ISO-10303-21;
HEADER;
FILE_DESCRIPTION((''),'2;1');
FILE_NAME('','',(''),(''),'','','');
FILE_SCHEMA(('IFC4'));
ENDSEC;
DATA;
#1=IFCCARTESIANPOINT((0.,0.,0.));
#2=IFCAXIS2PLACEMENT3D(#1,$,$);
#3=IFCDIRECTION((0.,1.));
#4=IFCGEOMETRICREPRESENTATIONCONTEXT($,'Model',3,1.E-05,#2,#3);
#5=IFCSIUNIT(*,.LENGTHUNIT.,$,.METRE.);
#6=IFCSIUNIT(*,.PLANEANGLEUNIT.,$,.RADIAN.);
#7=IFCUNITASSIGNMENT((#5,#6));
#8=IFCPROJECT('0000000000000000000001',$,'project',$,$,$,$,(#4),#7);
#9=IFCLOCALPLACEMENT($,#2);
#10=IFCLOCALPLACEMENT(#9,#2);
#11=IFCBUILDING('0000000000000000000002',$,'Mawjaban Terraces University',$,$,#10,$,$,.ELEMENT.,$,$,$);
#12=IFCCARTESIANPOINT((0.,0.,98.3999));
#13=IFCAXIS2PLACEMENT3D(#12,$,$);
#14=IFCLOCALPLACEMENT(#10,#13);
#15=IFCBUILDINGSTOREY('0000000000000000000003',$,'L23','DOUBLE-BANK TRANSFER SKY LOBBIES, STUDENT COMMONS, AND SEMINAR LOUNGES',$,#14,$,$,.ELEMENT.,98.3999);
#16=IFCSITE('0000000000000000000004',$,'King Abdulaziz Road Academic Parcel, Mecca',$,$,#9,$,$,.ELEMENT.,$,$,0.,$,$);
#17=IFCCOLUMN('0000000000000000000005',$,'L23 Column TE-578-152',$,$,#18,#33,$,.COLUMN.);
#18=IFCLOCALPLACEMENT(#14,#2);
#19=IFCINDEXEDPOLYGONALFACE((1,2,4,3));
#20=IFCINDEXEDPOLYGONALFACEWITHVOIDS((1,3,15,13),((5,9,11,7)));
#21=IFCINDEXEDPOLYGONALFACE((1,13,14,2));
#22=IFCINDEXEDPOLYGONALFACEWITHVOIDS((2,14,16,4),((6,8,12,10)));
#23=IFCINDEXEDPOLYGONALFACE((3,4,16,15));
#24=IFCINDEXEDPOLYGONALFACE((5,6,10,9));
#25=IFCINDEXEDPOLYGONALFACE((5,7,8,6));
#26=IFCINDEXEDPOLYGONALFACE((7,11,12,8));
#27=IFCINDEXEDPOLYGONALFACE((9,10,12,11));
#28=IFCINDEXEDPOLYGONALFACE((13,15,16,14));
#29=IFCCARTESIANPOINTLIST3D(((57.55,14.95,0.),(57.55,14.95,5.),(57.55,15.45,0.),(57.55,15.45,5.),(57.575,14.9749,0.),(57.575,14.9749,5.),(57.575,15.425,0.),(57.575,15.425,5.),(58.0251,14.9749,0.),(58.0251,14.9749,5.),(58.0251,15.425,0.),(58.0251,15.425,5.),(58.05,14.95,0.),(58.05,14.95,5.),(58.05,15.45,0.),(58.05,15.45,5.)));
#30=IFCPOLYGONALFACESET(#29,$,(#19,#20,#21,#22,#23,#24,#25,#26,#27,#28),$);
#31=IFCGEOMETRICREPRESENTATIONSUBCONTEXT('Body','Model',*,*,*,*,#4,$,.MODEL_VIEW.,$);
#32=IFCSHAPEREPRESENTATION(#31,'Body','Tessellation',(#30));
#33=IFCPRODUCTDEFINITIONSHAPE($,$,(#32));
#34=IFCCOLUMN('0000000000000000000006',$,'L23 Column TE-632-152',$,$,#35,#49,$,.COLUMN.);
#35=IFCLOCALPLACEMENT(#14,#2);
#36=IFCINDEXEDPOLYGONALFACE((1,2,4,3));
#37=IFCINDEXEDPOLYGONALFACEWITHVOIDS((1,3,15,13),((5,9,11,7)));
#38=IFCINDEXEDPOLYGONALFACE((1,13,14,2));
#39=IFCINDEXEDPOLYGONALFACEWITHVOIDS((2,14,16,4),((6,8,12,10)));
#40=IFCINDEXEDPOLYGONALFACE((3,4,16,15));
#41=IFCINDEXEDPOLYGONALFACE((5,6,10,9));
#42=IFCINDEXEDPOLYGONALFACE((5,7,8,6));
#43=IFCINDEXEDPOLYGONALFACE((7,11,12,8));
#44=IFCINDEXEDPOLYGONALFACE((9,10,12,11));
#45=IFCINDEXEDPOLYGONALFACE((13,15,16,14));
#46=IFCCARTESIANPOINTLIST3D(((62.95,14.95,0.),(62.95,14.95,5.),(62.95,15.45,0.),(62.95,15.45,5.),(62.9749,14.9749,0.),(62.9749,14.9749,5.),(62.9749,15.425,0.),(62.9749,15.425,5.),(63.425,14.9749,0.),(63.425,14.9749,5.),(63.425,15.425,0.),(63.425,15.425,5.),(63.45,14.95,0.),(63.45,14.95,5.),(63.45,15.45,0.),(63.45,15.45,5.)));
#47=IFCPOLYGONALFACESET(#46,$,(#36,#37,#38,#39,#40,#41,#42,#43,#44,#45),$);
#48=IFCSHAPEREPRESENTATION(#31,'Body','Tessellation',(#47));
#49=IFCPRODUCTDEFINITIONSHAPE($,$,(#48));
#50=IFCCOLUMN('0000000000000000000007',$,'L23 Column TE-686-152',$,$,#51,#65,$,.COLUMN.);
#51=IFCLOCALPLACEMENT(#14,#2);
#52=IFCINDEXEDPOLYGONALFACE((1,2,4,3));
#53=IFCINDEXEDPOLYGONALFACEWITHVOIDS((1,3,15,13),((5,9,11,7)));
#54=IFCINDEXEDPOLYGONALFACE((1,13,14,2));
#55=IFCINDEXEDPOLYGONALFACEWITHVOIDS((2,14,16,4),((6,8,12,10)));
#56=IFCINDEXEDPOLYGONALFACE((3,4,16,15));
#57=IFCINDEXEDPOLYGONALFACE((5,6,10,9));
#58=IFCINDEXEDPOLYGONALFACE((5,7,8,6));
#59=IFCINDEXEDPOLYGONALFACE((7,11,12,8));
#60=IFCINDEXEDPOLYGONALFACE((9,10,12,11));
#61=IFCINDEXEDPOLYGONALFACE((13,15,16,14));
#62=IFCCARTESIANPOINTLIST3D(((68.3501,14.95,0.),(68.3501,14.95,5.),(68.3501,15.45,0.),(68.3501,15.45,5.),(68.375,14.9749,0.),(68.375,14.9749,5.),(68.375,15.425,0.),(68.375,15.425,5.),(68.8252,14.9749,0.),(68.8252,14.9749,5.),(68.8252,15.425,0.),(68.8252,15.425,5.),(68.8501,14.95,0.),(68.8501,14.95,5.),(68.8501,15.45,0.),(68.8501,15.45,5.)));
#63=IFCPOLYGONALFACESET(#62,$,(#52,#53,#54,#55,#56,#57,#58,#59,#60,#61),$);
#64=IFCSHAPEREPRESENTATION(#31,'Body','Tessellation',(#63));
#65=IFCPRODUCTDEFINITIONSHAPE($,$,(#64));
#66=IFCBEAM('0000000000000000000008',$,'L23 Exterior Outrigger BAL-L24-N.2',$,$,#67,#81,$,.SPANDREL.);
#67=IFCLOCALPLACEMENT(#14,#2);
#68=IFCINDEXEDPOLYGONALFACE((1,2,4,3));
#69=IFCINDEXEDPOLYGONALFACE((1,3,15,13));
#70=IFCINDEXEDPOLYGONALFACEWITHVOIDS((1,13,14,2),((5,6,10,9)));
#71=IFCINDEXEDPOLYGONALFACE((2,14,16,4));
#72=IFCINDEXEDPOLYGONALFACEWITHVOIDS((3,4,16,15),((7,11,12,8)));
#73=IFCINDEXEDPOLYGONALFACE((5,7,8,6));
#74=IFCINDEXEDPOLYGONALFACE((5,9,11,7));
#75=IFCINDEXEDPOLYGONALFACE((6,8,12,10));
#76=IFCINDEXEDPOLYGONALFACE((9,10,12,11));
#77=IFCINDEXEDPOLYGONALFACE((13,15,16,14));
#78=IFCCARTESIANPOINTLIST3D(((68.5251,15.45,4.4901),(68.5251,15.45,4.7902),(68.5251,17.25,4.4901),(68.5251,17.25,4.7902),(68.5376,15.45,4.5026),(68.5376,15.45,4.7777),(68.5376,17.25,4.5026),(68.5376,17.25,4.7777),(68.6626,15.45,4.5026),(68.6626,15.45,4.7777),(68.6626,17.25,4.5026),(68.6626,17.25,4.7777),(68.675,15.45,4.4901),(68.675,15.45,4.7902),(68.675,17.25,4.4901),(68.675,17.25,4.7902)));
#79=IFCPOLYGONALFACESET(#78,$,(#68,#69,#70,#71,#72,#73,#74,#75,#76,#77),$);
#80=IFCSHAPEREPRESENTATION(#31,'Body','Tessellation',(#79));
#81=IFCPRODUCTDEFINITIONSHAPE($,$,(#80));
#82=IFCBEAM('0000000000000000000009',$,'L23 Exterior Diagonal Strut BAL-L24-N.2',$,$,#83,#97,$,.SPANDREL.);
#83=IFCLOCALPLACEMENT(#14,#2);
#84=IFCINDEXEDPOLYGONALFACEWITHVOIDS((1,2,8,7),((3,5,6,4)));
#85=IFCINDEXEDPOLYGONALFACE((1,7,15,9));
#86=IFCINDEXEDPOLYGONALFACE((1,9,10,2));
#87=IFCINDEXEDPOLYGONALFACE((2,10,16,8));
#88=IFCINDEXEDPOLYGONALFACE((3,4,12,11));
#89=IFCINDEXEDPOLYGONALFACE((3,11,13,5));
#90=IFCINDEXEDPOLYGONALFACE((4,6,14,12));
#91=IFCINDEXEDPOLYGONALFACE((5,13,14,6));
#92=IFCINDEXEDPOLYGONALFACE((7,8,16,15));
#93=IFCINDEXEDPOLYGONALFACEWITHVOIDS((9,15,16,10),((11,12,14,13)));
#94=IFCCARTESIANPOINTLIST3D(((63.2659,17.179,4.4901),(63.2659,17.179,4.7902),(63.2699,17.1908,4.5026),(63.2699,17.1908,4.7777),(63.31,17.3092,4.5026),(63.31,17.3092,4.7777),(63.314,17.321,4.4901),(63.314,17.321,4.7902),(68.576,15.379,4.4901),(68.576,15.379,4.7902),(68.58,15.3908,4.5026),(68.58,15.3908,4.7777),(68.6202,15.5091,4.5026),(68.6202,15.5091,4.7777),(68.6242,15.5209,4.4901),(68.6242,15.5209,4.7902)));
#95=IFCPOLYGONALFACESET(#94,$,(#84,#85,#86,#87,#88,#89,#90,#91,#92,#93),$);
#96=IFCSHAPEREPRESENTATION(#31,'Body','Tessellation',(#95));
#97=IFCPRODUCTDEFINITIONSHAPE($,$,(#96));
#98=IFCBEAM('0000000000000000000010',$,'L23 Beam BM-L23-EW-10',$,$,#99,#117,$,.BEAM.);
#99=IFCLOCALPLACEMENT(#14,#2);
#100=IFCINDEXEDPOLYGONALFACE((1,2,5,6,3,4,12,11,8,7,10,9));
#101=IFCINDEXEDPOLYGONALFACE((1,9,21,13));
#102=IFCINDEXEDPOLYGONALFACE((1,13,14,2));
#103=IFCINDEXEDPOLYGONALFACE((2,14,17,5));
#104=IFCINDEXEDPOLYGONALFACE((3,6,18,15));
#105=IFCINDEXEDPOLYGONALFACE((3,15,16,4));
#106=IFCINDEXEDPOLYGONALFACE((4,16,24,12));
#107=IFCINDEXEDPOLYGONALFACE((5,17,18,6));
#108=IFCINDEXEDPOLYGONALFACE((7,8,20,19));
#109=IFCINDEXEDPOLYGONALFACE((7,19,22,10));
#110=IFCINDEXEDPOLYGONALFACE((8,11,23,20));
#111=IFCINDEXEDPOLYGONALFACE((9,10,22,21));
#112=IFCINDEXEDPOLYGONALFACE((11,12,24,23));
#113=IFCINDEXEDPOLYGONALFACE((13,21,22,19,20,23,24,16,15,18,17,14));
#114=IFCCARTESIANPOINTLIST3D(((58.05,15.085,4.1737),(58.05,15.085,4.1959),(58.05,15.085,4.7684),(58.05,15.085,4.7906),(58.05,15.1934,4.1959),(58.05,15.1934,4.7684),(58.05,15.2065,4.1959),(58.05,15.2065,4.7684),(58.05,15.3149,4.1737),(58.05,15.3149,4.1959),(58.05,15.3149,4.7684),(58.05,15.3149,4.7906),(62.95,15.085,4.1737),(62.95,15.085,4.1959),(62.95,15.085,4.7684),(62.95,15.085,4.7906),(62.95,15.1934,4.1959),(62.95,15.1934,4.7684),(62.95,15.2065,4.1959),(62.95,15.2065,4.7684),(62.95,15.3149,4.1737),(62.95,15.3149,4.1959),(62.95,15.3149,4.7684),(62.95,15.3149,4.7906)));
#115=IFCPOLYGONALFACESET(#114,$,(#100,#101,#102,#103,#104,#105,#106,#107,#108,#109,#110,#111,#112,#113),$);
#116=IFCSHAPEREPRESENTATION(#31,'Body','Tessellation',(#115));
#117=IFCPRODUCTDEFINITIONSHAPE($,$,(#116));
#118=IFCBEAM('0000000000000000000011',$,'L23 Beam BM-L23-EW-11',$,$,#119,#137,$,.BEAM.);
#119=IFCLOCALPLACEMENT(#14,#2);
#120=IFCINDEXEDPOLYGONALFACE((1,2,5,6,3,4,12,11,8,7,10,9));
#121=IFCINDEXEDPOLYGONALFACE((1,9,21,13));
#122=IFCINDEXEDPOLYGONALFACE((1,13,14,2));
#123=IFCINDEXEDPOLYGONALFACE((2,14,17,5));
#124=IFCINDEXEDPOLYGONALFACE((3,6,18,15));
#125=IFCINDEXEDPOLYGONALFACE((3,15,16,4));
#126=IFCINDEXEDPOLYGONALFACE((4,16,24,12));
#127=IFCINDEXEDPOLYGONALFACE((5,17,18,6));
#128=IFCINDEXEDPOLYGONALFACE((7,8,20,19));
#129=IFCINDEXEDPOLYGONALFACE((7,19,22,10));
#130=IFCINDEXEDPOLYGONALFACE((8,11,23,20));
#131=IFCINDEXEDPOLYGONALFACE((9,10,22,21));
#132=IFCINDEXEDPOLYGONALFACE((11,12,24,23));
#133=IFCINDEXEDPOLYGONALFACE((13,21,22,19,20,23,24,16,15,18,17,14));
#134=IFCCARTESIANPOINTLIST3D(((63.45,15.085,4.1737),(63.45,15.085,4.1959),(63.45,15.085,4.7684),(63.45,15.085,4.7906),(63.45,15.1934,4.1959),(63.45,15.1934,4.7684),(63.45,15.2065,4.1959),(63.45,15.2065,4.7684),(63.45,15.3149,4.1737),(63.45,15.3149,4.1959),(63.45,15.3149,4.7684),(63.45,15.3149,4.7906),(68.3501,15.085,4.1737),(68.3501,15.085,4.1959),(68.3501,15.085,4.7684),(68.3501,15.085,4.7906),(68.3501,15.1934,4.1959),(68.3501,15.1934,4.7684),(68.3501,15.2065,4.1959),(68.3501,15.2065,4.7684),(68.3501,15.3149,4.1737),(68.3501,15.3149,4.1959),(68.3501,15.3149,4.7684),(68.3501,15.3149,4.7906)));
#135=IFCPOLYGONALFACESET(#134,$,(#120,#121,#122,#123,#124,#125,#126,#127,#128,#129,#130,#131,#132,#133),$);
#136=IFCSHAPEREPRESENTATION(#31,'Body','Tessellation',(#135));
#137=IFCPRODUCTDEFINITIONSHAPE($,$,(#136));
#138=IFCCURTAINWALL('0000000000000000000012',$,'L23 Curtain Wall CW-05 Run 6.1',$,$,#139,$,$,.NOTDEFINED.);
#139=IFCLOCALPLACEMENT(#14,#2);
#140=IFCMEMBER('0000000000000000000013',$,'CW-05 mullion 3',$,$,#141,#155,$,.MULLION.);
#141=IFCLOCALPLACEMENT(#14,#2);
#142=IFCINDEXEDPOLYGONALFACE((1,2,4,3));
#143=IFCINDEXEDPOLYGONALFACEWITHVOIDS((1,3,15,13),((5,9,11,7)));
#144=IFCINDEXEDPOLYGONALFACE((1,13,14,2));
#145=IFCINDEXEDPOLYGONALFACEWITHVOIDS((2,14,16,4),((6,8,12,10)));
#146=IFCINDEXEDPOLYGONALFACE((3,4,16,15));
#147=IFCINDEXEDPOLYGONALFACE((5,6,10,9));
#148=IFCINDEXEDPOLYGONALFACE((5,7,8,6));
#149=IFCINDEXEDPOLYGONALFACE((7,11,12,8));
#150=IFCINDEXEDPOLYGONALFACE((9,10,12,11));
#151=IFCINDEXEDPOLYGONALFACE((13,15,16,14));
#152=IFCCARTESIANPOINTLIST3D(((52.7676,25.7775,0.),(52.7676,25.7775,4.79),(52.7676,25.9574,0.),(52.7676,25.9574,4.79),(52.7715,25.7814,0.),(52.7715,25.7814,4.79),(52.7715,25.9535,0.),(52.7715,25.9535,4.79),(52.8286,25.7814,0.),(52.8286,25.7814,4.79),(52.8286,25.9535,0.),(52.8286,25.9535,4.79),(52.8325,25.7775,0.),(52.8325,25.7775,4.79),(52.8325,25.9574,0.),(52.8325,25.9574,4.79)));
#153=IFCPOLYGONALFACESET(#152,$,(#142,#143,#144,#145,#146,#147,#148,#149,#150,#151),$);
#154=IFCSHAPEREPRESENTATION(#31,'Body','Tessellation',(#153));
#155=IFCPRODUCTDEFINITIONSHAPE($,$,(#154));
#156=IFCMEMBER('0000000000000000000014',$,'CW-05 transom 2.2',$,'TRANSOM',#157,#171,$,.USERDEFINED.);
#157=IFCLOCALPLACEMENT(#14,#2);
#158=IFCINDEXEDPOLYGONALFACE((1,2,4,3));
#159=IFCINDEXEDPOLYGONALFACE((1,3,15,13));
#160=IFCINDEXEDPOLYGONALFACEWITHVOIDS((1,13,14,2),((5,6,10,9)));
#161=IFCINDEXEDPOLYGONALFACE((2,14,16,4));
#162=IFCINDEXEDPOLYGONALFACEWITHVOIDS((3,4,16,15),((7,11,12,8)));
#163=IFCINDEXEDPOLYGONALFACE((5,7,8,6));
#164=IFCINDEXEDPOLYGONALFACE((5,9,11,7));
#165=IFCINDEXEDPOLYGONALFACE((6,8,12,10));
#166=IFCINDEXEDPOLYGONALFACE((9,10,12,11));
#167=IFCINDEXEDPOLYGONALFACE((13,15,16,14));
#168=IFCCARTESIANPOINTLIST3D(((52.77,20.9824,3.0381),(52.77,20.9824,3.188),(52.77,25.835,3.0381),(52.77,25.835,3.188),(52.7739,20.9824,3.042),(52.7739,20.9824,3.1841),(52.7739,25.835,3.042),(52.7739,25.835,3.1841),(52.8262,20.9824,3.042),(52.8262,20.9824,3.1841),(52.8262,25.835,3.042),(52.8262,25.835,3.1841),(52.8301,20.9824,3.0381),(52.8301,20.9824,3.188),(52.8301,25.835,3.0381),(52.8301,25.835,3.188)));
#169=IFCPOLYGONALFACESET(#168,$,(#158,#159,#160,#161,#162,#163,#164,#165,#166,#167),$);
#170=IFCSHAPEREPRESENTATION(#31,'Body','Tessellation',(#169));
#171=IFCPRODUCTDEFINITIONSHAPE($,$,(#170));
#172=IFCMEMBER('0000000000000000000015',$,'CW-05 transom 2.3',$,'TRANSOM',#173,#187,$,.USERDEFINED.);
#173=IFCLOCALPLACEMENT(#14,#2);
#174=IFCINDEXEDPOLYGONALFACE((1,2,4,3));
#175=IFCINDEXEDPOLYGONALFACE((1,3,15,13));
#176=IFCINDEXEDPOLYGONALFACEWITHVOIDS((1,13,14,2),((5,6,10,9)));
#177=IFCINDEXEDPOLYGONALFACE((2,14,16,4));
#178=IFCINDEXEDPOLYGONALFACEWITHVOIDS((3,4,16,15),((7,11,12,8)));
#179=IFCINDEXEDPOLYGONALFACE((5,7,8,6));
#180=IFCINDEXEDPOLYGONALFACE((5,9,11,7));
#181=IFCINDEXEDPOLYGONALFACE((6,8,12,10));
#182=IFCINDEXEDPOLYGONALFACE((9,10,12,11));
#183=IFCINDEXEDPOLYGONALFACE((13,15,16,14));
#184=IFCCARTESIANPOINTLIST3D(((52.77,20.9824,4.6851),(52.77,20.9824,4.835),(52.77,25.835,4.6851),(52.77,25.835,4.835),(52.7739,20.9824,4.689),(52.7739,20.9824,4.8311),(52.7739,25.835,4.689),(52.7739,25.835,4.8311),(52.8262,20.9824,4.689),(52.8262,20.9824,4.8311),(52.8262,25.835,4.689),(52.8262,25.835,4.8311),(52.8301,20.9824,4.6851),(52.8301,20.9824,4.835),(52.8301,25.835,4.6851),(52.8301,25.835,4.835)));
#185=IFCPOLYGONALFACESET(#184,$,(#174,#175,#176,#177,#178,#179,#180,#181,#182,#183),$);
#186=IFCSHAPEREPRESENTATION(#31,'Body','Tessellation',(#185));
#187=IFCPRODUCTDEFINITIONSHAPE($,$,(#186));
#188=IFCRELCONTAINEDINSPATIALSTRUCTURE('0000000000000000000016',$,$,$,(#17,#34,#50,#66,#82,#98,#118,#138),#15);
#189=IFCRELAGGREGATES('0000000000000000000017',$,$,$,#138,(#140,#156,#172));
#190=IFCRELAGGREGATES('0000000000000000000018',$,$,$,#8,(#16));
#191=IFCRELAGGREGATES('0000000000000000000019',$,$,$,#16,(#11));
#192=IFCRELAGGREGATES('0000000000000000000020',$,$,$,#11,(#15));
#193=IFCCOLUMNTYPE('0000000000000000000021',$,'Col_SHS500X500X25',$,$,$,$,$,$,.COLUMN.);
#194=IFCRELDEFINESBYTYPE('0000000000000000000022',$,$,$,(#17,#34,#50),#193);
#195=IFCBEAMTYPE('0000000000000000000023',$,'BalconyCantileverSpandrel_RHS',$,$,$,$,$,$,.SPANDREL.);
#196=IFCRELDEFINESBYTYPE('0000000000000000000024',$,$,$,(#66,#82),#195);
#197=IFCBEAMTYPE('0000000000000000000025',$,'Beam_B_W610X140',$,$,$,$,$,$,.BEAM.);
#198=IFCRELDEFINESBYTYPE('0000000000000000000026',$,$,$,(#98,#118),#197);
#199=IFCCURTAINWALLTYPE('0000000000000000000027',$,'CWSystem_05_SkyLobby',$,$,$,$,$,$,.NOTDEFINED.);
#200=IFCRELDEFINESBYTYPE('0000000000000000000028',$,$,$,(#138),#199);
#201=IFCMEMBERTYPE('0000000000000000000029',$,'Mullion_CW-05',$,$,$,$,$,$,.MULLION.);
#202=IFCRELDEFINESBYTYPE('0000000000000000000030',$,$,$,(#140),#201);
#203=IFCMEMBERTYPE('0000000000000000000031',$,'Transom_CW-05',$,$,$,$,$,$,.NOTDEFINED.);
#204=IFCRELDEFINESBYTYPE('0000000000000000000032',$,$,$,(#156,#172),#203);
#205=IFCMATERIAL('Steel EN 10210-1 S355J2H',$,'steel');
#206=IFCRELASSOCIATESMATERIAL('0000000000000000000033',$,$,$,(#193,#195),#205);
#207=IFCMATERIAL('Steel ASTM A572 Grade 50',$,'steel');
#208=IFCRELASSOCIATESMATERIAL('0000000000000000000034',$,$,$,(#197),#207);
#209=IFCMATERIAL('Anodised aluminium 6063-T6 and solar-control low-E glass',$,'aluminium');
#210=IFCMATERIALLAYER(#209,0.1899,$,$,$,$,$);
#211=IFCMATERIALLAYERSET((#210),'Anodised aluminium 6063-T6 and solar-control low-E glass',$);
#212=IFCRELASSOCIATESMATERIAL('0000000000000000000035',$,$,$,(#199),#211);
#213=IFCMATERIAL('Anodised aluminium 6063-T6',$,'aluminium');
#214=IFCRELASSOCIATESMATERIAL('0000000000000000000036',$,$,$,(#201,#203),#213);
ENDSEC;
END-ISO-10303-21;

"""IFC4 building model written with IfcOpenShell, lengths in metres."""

from ifc_helpers import new_model, si_unit, direction, frame, origin, origin_2d, place, context, subcontext, project, spatial, hollow_rectangle, i_section, extrude, material, layer, layer_set, material_profile, profile_set, type_object, element, aggregate, save


model = new_model("IFC4")

# Units and contexts
model_context = context("Model", 3, precision=1e-05, world=origin(), true_north=direction((0.0, 1.0)))
body_context = subcontext(model_context, "Body", "Model", "MODEL_VIEW")
ifc_project = project(units=[si_unit("LENGTHUNIT", "METRE"), si_unit("PLANEANGLEUNIT", "RADIAN")], contexts=[model_context])

# Site, building, storey
site_placement = place(None, origin())
site = spatial("IfcSite", under=ifc_project, at=site_placement, Name="King Abdulaziz Road Academic Parcel, Mecca", CompositionType="ELEMENT", RefElevation=0.0)
building_placement = place(site_placement, origin())
building = spatial("IfcBuilding", under=site, at=building_placement, Name="Mawjaban Terraces University", CompositionType="ELEMENT")
storey_placement = place(building_placement, frame((0.0, 0.0, 98.3999)))
storey = spatial("IfcBuildingStorey", under=building, at=storey_placement, Name="L23", Description="DOUBLE-BANK TRANSFER SKY LOBBIES, STUDENT COMMONS, AND SEMINAR LOUNGES", CompositionType="ELEMENT", Elevation=98.3999)

# Columns
ifc_material_1 = material(Name="Steel EN 10210-1 S355J2H", Category="steel")
ifc_material_profile_1 = material_profile(ifc_material_1, hollow_rectangle(XDim=0.5, YDim=0.5, WallThickness=0.0249, at=origin_2d()), Name="SHS500X500X25")
ifc_profile_set_1 = profile_set([ifc_material_profile_1], Name="Steel EN 10210-1 S355J2H")
column_type = type_object("IfcColumnType", Name="Col_SHS500X500X25", PredefinedType="COLUMN", material=ifc_profile_set_1)
for number, where, z_axis, x_axis, name in (
    (1, (57.8, 15.2, 0.0), (0.0, 0.0, 1.0), (1.0, 0.0, 0.0), "L23 Column TE-578-152"),
    (2, (63.2, 15.2, 0.0), (0.0, 0.0, 1.0), (1.0, 0.0, 0.0), "L23 Column TE-632-152"),
    (3, (68.6001, 15.2, 0.0), (0.0, 0.0, 1.0), (1.0, 0.0, 0.0), "L23 Column TE-686-152"),
):
    element("IfcColumn", number, at=place(storey_placement, frame(where, z_axis=z_axis, x_axis=x_axis)), inside=storey, type_object=column_type, Name=name, PredefinedType="COLUMN", context=body_context, shape_type="SweptSolid", body=[
        extrude(hollow_rectangle(XDim=0.5, YDim=0.5, WallThickness=0.0249, at=origin_2d()), origin(), (0.0, 0.0, 1.0), 5.0),
    ])

# Beams
ifc_material_profile_2 = material_profile(ifc_material_1, hollow_rectangle(XDim=0.1499, YDim=0.3, WallThickness=0.0125, at=origin_2d()), Name="RHS300X150X12.5")
ifc_profile_set_2 = profile_set([ifc_material_profile_2], Name="Steel EN 10210-1 S355J2H")
beam_type_1 = type_object("IfcBeamType", Name="BalconyCantileverSpandrel_RHS", PredefinedType="SPANDREL", material=ifc_profile_set_2)
beam_1_placement = place(storey_placement, frame((68.6001, 15.45, 4.6401), z_axis=(0.0, 1.0, 0.0), x_axis=(-1.0, 0.0, 0.0)))
element("IfcBeam", 4, at=beam_1_placement, inside=storey, type_object=beam_type_1, Name="L23 Exterior Outrigger BAL-L24-N.2", PredefinedType="SPANDREL", context=body_context, shape_type="SweptSolid", body=[
    extrude(hollow_rectangle(XDim=0.1499, YDim=0.3, WallThickness=0.0125, at=origin_2d()), origin(), (0.0, 0.0, 1.0), 1.8),
])
beam_2_placement = place(storey_placement, frame((68.6001, 15.45, 4.6401), z_axis=(-0.947064, 0.321044, 0.0), x_axis=(-0.321044, -0.947064, 0.0)))
element("IfcBeam", 5, at=beam_2_placement, inside=storey, type_object=beam_type_1, Name="L23 Exterior Diagonal Strut BAL-L24-N.2", PredefinedType="SPANDREL", context=body_context, shape_type="SweptSolid", body=[
    extrude(hollow_rectangle(XDim=0.1499, YDim=0.3, WallThickness=0.0125, at=origin_2d()), origin(), (0.0, 0.0, 1.0), 5.6069),
])
ifc_material_2 = material(Name="Steel ASTM A572 Grade 50", Category="steel")
ifc_material_profile_3 = material_profile(ifc_material_2, i_section(OverallWidth=0.23, OverallDepth=0.6169, WebThickness=0.0132, FlangeThickness=0.0222, at=origin_2d()), Name="W610X140")
ifc_profile_set_3 = profile_set([ifc_material_profile_3], Name="Steel ASTM A572 Grade 50")
beam_type_2 = type_object("IfcBeamType", Name="Beam_B_W610X140", PredefinedType="BEAM", material=ifc_profile_set_3)
beam_3_placement = place(storey_placement, frame((58.05, 15.2, 4.4822), z_axis=(1.0, 0.0, 0.0), x_axis=(0.0, 1.0, 0.0)))
element("IfcBeam", 6, at=beam_3_placement, inside=storey, type_object=beam_type_2, Name="L23 Beam BM-L23-EW-10", PredefinedType="BEAM", context=body_context, shape_type="SweptSolid", body=[
    extrude(i_section(OverallWidth=0.23, OverallDepth=0.6169, WebThickness=0.0132, FlangeThickness=0.0222, at=origin_2d()), origin(), (0.0, 0.0, 1.0), 4.8999),
])
beam_4_placement = place(storey_placement, frame((63.45, 15.2, 4.4822), z_axis=(1.0, 0.0, 0.0), x_axis=(0.0, 1.0, 0.0)))
element("IfcBeam", 7, at=beam_4_placement, inside=storey, type_object=beam_type_2, Name="L23 Beam BM-L23-EW-11", PredefinedType="BEAM", context=body_context, shape_type="SweptSolid", body=[
    extrude(i_section(OverallWidth=0.23, OverallDepth=0.6169, WebThickness=0.0132, FlangeThickness=0.0222, at=origin_2d()), origin(), (0.0, 0.0, 1.0), 4.9001),
])

# Curtain wall, members
ifc_material_3 = material(Name="Anodised aluminium 6063-T6 and solar-control low-E glass", Category="aluminium")
ifc_layer_1 = layer(ifc_material_3, 0.1899)
ifc_layer_set_1 = layer_set([ifc_layer_1], Name="Anodised aluminium 6063-T6 and solar-control low-E glass")
curtain_wall_type = type_object("IfcCurtainWallType", Name="CWSystem_05_SkyLobby", PredefinedType="NOTDEFINED", material=ifc_layer_set_1)
curtain_wall_placement = place(storey_placement, origin())
curtain_wall = element("IfcCurtainWall", 8, at=curtain_wall_placement, inside=storey, type_object=curtain_wall_type, Name="L23 Curtain Wall CW-05 Run 6.1", PredefinedType="NOTDEFINED")
ifc_material_4 = material(Name="Anodised aluminium 6063-T6", Category="aluminium")
ifc_material_profile_4 = material_profile(ifc_material_4, hollow_rectangle(XDim=0.0649, YDim=0.1799, WallThickness=0.0039, at=origin_2d()), Name="ALU180X65X4")
ifc_profile_set_4 = profile_set([ifc_material_profile_4], Name="Anodised aluminium 6063-T6")
member_type_1 = type_object("IfcMemberType", Name="Mullion_CW-05", PredefinedType="MULLION", material=ifc_profile_set_4)
member_1_placement = place(storey_placement, frame((52.8, 25.8674, 0.0), z_axis=(0.0, 0.0, 1.0), x_axis=(-1.0, 0.0, 0.0)))
member_1 = element("IfcMember", 9, at=member_1_placement, type_object=member_type_1, Name="CW-05 mullion 3", PredefinedType="MULLION", context=body_context, shape_type="SweptSolid", body=[
    extrude(hollow_rectangle(XDim=0.0649, YDim=0.1799, WallThickness=0.0039, at=origin_2d()), origin(), (0.0, 0.0, 1.0), 4.79),
])
ifc_material_profile_5 = material_profile(ifc_material_4, hollow_rectangle(XDim=0.0601, YDim=0.1499, WallThickness=0.0039, at=origin_2d()), Name="ALU150X60X4")
ifc_profile_set_5 = profile_set([ifc_material_profile_5], Name="Anodised aluminium 6063-T6")
member_type_2 = type_object("IfcMemberType", Name="Transom_CW-05", PredefinedType="NOTDEFINED", material=ifc_profile_set_5)
member_2_placement = place(storey_placement, frame((52.8, 20.9824, 3.113), z_axis=(0.0, 1.0, 0.0), x_axis=(-1.0, 0.0, 0.0)))
member_2 = element("IfcMember", 10, at=member_2_placement, type_object=member_type_2, Name="CW-05 transom 2.2", ObjectType="TRANSOM", PredefinedType="USERDEFINED", context=body_context, shape_type="SweptSolid", body=[
    extrude(hollow_rectangle(XDim=0.0601, YDim=0.1499, WallThickness=0.0039, at=origin_2d()), origin(), (0.0, 0.0, 1.0), 4.8525),
])
member_3_placement = place(storey_placement, frame((52.8, 20.9824, 4.76), z_axis=(0.0, 1.0, 0.0), x_axis=(-1.0, 0.0, 0.0)))
member_3 = element("IfcMember", 11, at=member_3_placement, type_object=member_type_2, Name="CW-05 transom 2.3", ObjectType="TRANSOM", PredefinedType="USERDEFINED", context=body_context, shape_type="SweptSolid", body=[
    extrude(hollow_rectangle(XDim=0.0601, YDim=0.1499, WallThickness=0.0039, at=origin_2d()), origin(), (0.0, 0.0, 1.0), 4.8525),
])
aggregate(curtain_wall, [member_1, member_2, member_3])

save(model, "model.ifc")
